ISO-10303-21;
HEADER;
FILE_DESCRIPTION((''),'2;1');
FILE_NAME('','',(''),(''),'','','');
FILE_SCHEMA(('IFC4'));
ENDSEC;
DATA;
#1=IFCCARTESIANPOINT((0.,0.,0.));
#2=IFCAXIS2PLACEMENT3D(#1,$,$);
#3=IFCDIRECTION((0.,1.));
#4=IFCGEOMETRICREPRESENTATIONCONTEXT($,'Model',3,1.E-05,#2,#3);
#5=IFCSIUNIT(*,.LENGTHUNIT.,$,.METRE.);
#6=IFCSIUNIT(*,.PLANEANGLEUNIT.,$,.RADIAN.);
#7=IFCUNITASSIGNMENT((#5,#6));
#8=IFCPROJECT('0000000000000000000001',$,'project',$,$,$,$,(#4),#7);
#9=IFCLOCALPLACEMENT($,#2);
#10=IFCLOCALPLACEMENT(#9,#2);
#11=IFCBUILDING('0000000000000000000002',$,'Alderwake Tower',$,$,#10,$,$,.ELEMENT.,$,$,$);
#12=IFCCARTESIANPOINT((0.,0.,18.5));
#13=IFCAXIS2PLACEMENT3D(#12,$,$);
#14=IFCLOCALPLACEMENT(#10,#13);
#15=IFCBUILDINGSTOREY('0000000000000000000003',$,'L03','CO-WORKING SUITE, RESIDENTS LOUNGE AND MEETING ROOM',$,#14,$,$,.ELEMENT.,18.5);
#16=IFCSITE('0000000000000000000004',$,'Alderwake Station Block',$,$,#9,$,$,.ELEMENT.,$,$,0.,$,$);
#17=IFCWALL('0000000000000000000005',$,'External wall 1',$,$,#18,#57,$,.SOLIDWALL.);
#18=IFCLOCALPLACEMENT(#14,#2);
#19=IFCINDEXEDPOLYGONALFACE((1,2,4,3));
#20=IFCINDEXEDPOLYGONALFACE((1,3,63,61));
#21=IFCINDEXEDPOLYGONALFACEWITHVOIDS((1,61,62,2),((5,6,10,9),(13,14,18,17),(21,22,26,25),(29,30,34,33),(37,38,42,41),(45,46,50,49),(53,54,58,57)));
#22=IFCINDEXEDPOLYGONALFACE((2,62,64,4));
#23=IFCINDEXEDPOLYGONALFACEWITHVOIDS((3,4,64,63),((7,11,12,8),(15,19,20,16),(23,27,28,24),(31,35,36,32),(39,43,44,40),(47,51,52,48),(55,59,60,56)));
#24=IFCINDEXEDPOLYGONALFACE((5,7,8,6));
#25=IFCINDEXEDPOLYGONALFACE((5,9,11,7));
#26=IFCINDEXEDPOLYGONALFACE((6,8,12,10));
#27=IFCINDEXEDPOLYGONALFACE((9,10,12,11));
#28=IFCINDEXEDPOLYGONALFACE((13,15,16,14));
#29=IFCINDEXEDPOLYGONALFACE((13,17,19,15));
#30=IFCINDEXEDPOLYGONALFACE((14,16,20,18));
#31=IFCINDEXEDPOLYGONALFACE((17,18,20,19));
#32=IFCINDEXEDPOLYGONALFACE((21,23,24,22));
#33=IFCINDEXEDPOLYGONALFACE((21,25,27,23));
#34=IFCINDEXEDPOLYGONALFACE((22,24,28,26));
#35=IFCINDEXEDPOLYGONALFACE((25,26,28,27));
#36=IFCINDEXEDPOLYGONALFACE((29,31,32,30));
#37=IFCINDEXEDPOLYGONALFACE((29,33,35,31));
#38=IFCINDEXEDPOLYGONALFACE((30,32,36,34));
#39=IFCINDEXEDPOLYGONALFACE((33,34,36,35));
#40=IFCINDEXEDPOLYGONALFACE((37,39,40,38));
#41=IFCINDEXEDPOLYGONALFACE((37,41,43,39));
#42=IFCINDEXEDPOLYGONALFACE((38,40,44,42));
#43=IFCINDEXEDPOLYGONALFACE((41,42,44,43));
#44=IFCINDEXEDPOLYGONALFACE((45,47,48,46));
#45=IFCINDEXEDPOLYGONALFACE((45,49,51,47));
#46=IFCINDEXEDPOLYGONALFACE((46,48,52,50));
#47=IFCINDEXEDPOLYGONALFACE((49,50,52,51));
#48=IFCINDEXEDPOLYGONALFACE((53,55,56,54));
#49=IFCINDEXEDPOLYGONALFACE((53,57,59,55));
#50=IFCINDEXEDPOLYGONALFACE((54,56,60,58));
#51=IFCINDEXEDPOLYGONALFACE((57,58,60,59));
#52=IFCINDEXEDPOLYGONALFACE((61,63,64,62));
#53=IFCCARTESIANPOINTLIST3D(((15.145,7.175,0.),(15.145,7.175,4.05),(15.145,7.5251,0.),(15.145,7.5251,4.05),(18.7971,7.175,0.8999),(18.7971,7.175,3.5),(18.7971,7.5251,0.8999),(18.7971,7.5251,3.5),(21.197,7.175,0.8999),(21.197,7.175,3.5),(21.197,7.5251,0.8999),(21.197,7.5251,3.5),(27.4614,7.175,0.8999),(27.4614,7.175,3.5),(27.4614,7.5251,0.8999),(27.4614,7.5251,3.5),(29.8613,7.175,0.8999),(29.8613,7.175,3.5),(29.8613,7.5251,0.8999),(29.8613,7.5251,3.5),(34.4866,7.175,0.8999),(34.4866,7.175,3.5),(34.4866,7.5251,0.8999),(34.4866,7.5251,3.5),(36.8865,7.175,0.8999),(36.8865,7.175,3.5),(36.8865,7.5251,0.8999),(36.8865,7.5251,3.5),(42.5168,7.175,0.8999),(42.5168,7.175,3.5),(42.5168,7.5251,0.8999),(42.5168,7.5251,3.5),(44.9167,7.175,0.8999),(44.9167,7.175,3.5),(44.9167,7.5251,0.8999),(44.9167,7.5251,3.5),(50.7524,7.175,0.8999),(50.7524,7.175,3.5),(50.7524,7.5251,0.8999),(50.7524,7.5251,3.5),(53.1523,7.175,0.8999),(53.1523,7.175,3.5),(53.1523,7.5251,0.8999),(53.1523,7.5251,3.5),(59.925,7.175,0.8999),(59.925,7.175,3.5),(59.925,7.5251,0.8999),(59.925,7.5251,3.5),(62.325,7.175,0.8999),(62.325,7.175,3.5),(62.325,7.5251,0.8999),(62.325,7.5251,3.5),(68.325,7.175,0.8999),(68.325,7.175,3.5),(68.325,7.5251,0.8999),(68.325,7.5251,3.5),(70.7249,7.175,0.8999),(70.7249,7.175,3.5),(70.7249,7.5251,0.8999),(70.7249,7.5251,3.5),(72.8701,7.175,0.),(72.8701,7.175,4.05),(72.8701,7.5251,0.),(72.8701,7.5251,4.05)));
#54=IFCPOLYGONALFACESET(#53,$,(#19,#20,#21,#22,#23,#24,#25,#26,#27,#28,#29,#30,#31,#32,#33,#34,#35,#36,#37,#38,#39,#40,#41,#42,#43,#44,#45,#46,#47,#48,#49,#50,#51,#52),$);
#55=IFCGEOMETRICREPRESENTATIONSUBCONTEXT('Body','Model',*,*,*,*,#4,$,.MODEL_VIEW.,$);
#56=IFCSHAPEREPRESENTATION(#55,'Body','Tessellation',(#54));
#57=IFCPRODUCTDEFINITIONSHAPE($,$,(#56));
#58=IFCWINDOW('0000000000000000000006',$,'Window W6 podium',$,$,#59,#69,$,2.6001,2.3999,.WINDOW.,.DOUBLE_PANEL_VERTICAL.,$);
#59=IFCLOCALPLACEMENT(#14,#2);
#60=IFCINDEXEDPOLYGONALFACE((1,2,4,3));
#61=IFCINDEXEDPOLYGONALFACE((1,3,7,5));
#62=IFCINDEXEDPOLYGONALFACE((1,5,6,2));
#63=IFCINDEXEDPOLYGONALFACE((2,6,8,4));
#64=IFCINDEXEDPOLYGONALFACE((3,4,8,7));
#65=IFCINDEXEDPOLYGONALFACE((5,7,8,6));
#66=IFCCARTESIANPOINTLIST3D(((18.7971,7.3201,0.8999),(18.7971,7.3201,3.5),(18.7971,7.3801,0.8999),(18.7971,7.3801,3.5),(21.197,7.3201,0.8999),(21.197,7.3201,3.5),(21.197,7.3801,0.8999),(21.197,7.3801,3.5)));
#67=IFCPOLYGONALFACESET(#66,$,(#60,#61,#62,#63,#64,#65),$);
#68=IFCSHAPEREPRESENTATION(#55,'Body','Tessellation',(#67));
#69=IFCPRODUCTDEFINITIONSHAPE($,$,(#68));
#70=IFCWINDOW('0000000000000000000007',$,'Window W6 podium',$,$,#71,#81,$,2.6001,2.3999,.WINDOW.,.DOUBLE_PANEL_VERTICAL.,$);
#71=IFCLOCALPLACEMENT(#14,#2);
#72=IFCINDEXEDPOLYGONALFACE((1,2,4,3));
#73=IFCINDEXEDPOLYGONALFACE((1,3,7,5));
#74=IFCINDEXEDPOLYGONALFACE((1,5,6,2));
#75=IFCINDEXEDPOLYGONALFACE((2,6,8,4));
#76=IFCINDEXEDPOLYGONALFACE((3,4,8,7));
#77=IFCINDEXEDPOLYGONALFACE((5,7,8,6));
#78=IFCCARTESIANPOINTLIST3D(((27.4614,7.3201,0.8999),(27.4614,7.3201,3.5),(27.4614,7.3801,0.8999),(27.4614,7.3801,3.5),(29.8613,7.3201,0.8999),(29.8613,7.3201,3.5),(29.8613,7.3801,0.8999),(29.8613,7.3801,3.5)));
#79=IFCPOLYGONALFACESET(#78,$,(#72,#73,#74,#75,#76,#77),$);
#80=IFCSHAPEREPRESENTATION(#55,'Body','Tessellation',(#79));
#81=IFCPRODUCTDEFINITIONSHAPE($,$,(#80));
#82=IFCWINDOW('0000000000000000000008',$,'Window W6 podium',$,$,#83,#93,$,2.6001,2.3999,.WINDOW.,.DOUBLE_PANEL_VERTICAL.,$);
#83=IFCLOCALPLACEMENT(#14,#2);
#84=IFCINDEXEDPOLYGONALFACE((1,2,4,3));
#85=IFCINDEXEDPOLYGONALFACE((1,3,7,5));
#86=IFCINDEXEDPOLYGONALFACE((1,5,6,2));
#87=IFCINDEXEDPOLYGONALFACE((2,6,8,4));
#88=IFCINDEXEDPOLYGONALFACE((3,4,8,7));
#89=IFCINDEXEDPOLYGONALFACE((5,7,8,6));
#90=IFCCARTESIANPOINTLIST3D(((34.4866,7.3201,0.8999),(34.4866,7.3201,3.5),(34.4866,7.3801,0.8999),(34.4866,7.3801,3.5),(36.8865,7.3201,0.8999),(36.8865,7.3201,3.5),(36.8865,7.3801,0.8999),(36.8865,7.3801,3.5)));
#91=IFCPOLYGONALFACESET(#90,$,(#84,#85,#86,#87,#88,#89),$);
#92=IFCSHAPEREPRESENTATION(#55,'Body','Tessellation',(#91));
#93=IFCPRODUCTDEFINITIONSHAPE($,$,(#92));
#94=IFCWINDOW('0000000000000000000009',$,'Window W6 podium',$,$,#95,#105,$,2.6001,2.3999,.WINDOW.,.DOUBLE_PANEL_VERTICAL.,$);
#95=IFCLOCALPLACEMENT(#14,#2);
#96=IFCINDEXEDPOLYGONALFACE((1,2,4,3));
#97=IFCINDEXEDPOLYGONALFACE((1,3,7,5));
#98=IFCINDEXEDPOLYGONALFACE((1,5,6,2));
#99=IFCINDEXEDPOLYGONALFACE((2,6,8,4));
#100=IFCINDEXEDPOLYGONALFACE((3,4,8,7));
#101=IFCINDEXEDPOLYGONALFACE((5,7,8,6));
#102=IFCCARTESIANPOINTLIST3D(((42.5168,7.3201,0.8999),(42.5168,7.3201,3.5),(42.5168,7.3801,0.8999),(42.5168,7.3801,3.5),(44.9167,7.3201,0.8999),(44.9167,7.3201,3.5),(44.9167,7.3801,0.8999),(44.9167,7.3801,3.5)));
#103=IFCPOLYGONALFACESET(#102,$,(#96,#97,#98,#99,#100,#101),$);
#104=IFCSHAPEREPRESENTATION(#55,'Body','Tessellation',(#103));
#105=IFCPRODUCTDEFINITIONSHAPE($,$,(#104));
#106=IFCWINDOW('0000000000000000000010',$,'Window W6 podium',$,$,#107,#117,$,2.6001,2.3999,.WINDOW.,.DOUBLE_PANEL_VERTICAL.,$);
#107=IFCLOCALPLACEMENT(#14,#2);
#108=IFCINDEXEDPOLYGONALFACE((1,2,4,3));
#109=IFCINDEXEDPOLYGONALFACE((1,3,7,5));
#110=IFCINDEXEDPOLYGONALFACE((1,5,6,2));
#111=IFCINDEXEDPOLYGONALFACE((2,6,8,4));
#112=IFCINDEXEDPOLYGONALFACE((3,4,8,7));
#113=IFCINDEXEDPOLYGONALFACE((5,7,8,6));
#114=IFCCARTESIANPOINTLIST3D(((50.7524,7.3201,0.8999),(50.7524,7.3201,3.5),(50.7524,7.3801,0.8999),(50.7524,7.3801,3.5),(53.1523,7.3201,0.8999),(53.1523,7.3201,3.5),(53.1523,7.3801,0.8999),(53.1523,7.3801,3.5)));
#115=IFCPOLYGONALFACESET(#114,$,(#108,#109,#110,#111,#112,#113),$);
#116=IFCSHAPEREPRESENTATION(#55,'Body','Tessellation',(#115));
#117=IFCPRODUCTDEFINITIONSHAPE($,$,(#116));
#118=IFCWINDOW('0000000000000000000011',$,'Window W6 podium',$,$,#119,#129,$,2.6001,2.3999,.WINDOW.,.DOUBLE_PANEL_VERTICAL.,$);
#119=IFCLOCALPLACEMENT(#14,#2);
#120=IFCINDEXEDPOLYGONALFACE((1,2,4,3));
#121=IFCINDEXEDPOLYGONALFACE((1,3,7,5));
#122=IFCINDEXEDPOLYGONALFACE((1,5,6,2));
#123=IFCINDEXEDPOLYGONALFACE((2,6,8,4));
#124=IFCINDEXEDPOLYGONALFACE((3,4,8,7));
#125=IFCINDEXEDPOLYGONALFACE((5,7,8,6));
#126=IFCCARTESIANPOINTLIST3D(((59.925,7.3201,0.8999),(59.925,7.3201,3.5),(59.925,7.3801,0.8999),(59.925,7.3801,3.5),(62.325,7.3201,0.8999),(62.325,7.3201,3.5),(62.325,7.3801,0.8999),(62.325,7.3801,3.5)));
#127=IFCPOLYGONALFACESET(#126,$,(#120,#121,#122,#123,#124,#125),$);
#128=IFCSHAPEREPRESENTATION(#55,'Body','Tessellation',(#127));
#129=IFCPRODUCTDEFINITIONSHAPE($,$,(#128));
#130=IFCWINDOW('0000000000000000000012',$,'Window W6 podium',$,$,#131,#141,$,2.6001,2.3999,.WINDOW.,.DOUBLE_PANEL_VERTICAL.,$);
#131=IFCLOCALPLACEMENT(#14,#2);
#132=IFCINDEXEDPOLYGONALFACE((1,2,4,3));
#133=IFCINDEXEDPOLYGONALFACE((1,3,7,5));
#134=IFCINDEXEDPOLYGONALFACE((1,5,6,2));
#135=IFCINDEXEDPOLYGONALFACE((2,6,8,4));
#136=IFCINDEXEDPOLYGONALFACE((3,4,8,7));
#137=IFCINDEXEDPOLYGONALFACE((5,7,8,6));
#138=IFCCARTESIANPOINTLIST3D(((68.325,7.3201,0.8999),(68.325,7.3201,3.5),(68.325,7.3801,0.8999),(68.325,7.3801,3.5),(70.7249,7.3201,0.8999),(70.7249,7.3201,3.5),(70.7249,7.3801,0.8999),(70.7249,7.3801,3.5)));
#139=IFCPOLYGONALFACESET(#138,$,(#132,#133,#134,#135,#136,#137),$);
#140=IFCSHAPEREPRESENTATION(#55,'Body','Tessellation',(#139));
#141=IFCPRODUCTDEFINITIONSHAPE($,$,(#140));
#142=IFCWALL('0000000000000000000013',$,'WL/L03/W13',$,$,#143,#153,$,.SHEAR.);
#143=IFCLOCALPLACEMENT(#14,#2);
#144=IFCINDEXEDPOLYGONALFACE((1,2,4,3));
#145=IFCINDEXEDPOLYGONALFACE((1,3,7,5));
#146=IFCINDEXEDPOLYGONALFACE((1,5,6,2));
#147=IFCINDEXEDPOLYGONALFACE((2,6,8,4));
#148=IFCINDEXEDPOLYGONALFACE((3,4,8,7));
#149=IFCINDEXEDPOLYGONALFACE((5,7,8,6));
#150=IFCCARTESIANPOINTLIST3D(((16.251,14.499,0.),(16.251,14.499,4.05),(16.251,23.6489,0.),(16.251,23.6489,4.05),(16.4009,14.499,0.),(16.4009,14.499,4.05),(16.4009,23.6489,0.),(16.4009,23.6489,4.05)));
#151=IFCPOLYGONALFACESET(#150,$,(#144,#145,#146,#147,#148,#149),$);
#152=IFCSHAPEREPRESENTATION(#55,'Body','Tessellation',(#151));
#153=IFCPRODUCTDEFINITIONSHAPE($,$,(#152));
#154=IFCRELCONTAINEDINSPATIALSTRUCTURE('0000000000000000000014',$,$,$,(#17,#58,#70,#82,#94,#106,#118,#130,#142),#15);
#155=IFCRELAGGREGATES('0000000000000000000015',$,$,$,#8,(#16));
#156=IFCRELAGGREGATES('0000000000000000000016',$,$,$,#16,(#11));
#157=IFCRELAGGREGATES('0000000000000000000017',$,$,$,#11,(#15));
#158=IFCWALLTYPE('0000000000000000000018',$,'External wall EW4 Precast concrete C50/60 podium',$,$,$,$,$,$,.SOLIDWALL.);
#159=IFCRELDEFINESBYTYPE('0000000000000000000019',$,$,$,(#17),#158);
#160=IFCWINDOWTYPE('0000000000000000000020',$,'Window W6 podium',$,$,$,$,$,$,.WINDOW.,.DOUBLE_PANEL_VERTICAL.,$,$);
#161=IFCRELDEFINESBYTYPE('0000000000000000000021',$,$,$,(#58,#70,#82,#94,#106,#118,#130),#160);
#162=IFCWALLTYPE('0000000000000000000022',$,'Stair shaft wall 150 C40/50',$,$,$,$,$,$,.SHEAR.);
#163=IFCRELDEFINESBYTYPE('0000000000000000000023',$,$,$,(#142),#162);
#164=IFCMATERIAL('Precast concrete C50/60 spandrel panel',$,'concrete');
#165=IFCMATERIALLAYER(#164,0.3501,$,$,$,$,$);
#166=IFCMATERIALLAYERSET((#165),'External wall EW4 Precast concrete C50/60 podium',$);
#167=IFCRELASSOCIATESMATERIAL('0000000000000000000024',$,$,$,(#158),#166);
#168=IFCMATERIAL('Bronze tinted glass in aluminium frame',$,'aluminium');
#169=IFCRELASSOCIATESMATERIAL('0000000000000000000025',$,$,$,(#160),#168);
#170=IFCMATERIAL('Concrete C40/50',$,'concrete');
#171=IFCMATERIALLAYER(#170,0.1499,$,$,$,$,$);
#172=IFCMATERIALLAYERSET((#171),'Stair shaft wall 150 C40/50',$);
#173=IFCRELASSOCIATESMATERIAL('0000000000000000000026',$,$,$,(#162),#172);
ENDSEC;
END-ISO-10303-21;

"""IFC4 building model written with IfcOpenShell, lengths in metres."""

from ifc_helpers import new_model, si_unit, direction, frame, frame_2d, origin, place, context, subcontext, project, spatial, rectangle, extrude, material, layer, layer_set, type_object, element, fill, save


model = new_model("IFC4")

# Units and contexts
model_context = context("Model", 3, precision=1e-05, world=origin(), true_north=direction((0.0, 1.0)))
body_context = subcontext(model_context, "Body", "Model", "MODEL_VIEW")
ifc_project = project(units=[si_unit("LENGTHUNIT", "METRE"), si_unit("PLANEANGLEUNIT", "RADIAN")], contexts=[model_context])

# Site, building, storey
site_placement = place(None, origin())
site = spatial("IfcSite", under=ifc_project, at=site_placement, Name="Alderwake Station Block", CompositionType="ELEMENT", RefElevation=0.0)
building_placement = place(site_placement, origin())
building = spatial("IfcBuilding", under=site, at=building_placement, Name="Alderwake Tower", CompositionType="ELEMENT")
storey_placement = place(building_placement, frame((0.0, 0.0, 18.5)))
storey = spatial("IfcBuildingStorey", under=building, at=storey_placement, Name="L03", Description="CO-WORKING SUITE, RESIDENTS LOUNGE AND MEETING ROOM", CompositionType="ELEMENT", Elevation=18.5)

# Wall, openings, windows
ifc_material_1 = material(Name="Precast concrete C50/60 spandrel panel", Category="concrete")
ifc_layer_1 = layer(ifc_material_1, 0.3501)
ifc_layer_set_1 = layer_set([ifc_layer_1], Name="External wall EW4 Precast concrete C50/60 podium")
wall_type_1 = type_object("IfcWallType", Name="External wall EW4 Precast concrete C50/60 podium", PredefinedType="SOLIDWALL", material=ifc_layer_set_1)
wall_1_placement = place(storey_placement, frame((15.145, 7.3501, 0.0), z_axis=(0.0, 0.0, 1.0), x_axis=(1.0, 0.0, 0.0)))
wall_1 = element("IfcWall", 1, at=wall_1_placement, inside=storey, type_object=wall_type_1, Name="External wall 1", PredefinedType="SOLIDWALL", context=body_context, shape_type="SweptSolid", body=[
    extrude(rectangle(XDim=57.7251, YDim=0.3501, at=frame_2d((28.8625, 0.0))), origin(), (0.0, 0.0, 1.0), 4.05),
])
opening_1_placement = place(wall_1_placement, frame((3.6521, 0.0, 0.8999)))
opening_1 = element("IfcOpeningElement", 2, at=opening_1_placement, cuts=wall_1, PredefinedType="OPENING", context=body_context, shape_type="SweptSolid", body=[
    extrude(rectangle(XDim=2.3999, YDim=2.6001, at=frame_2d((1.2, 1.3))), frame((0.0, 0.1851, 0.0), z_axis=(0.0, -1.0, 0.0), x_axis=(1.0, 0.0, 0.0)), (0.0, 0.0, 1.0), 0.3701),
])
opening_2_placement = place(wall_1_placement, frame((12.3164, 0.0, 0.8999)))
opening_2 = element("IfcOpeningElement", 3, at=opening_2_placement, cuts=wall_1, PredefinedType="OPENING", context=body_context, shape_type="SweptSolid", body=[
    extrude(rectangle(XDim=2.3999, YDim=2.6001, at=frame_2d((1.2, 1.3))), frame((0.0, 0.1851, 0.0), z_axis=(0.0, -1.0, 0.0), x_axis=(1.0, 0.0, 0.0)), (0.0, 0.0, 1.0), 0.3701),
])
opening_3_placement = place(wall_1_placement, frame((19.3416, 0.0, 0.8999)))
opening_3 = element("IfcOpeningElement", 4, at=opening_3_placement, cuts=wall_1, PredefinedType="OPENING", context=body_context, shape_type="SweptSolid", body=[
    extrude(rectangle(XDim=2.3999, YDim=2.6001, at=frame_2d((1.2, 1.3))), frame((0.0, 0.1851, 0.0), z_axis=(0.0, -1.0, 0.0), x_axis=(1.0, 0.0, 0.0)), (0.0, 0.0, 1.0), 0.3701),
])
opening_4_placement = place(wall_1_placement, frame((27.3718, 0.0, 0.8999)))
opening_4 = element("IfcOpeningElement", 5, at=opening_4_placement, cuts=wall_1, PredefinedType="OPENING", context=body_context, shape_type="SweptSolid", body=[
    extrude(rectangle(XDim=2.3999, YDim=2.6001, at=frame_2d((1.2, 1.3))), frame((0.0, 0.1851, 0.0), z_axis=(0.0, -1.0, 0.0), x_axis=(1.0, 0.0, 0.0)), (0.0, 0.0, 1.0), 0.3701),
])
opening_5_placement = place(wall_1_placement, frame((35.6074, 0.0, 0.8999)))
opening_5 = element("IfcOpeningElement", 6, at=opening_5_placement, cuts=wall_1, PredefinedType="OPENING", context=body_context, shape_type="SweptSolid", body=[
    extrude(rectangle(XDim=2.3999, YDim=2.6001, at=frame_2d((1.2, 1.3))), frame((0.0, 0.1851, 0.0), z_axis=(0.0, -1.0, 0.0), x_axis=(1.0, 0.0, 0.0)), (0.0, 0.0, 1.0), 0.3701),
])
opening_6_placement = place(wall_1_placement, frame((44.78, 0.0, 0.8999)))
opening_6 = element("IfcOpeningElement", 7, at=opening_6_placement, cuts=wall_1, PredefinedType="OPENING", context=body_context, shape_type="SweptSolid", body=[
    extrude(rectangle(XDim=2.3999, YDim=2.6001, at=frame_2d((1.2, 1.3))), frame((0.0, 0.1851, 0.0), z_axis=(0.0, -1.0, 0.0), x_axis=(1.0, 0.0, 0.0)), (0.0, 0.0, 1.0), 0.3701),
])
opening_7_placement = place(wall_1_placement, frame((53.1799, 0.0, 0.8999)))
opening_7 = element("IfcOpeningElement", 8, at=opening_7_placement, cuts=wall_1, PredefinedType="OPENING", context=body_context, shape_type="SweptSolid", body=[
    extrude(rectangle(XDim=2.3999, YDim=2.6001, at=frame_2d((1.2, 1.3))), frame((0.0, 0.1851, 0.0), z_axis=(0.0, -1.0, 0.0), x_axis=(1.0, 0.0, 0.0)), (0.0, 0.0, 1.0), 0.3701),
])
ifc_material_2 = material(Name="Bronze tinted glass in aluminium frame", Category="aluminium")
window_type = type_object("IfcWindowType", Name="Window W6 podium", PartitioningType="DOUBLE_PANEL_VERTICAL", PredefinedType="WINDOW", material=ifc_material_2)
window_1_placement = place(opening_1_placement, origin())
window_1 = element("IfcWindow", 9, at=window_1_placement, inside=storey, type_object=window_type, Name="Window W6 podium", OverallHeight=2.6001, OverallWidth=2.3999, PartitioningType="DOUBLE_PANEL_VERTICAL", PredefinedType="WINDOW", context=body_context, shape_type="SweptSolid", body=[
    extrude(rectangle(XDim=2.3999, YDim=2.6001, at=frame_2d((1.2, 1.3))), frame((0.0, 0.03, 0.0), z_axis=(0.0, -1.0, 0.0), x_axis=(1.0, 0.0, 0.0)), (0.0, 0.0, 1.0), 0.0601),
])
fill(opening_1, window_1)
window_2_placement = place(opening_2_placement, origin())
window_2 = element("IfcWindow", 10, at=window_2_placement, inside=storey, type_object=window_type, Name="Window W6 podium", OverallHeight=2.6001, OverallWidth=2.3999, PartitioningType="DOUBLE_PANEL_VERTICAL", PredefinedType="WINDOW", context=body_context, shape_type="SweptSolid", body=[
    extrude(rectangle(XDim=2.3999, YDim=2.6001, at=frame_2d((1.2, 1.3))), frame((0.0, 0.03, 0.0), z_axis=(0.0, -1.0, 0.0), x_axis=(1.0, 0.0, 0.0)), (0.0, 0.0, 1.0), 0.0601),
])
fill(opening_2, window_2)
window_3_placement = place(opening_3_placement, origin())
window_3 = element("IfcWindow", 11, at=window_3_placement, inside=storey, type_object=window_type, Name="Window W6 podium", OverallHeight=2.6001, OverallWidth=2.3999, PartitioningType="DOUBLE_PANEL_VERTICAL", PredefinedType="WINDOW", context=body_context, shape_type="SweptSolid", body=[
    extrude(rectangle(XDim=2.3999, YDim=2.6001, at=frame_2d((1.2, 1.3))), frame((0.0, 0.03, 0.0), z_axis=(0.0, -1.0, 0.0), x_axis=(1.0, 0.0, 0.0)), (0.0, 0.0, 1.0), 0.0601),
])
fill(opening_3, window_3)
window_4_placement = place(opening_4_placement, origin())
window_4 = element("IfcWindow", 12, at=window_4_placement, inside=storey, type_object=window_type, Name="Window W6 podium", OverallHeight=2.6001, OverallWidth=2.3999, PartitioningType="DOUBLE_PANEL_VERTICAL", PredefinedType="WINDOW", context=body_context, shape_type="SweptSolid", body=[
    extrude(rectangle(XDim=2.3999, YDim=2.6001, at=frame_2d((1.2, 1.3))), frame((0.0, 0.03, 0.0), z_axis=(0.0, -1.0, 0.0), x_axis=(1.0, 0.0, 0.0)), (0.0, 0.0, 1.0), 0.0601),
])
fill(opening_4, window_4)
window_5_placement = place(opening_5_placement, origin())
window_5 = element("IfcWindow", 13, at=window_5_placement, inside=storey, type_object=window_type, Name="Window W6 podium", OverallHeight=2.6001, OverallWidth=2.3999, PartitioningType="DOUBLE_PANEL_VERTICAL", PredefinedType="WINDOW", context=body_context, shape_type="SweptSolid", body=[
    extrude(rectangle(XDim=2.3999, YDim=2.6001, at=frame_2d((1.2, 1.3))), frame((0.0, 0.03, 0.0), z_axis=(0.0, -1.0, 0.0), x_axis=(1.0, 0.0, 0.0)), (0.0, 0.0, 1.0), 0.0601),
])
fill(opening_5, window_5)
window_6_placement = place(opening_6_placement, origin())
window_6 = element("IfcWindow", 14, at=window_6_placement, inside=storey, type_object=window_type, Name="Window W6 podium", OverallHeight=2.6001, OverallWidth=2.3999, PartitioningType="DOUBLE_PANEL_VERTICAL", PredefinedType="WINDOW", context=body_context, shape_type="SweptSolid", body=[
    extrude(rectangle(XDim=2.3999, YDim=2.6001, at=frame_2d((1.2, 1.3))), frame((0.0, 0.03, 0.0), z_axis=(0.0, -1.0, 0.0), x_axis=(1.0, 0.0, 0.0)), (0.0, 0.0, 1.0), 0.0601),
])
fill(opening_6, window_6)
window_7_placement = place(opening_7_placement, origin())
window_7 = element("IfcWindow", 15, at=window_7_placement, inside=storey, type_object=window_type, Name="Window W6 podium", OverallHeight=2.6001, OverallWidth=2.3999, PartitioningType="DOUBLE_PANEL_VERTICAL", PredefinedType="WINDOW", context=body_context, shape_type="SweptSolid", body=[
    extrude(rectangle(XDim=2.3999, YDim=2.6001, at=frame_2d((1.2, 1.3))), frame((0.0, 0.03, 0.0), z_axis=(0.0, -1.0, 0.0), x_axis=(1.0, 0.0, 0.0)), (0.0, 0.0, 1.0), 0.0601),
])
fill(opening_7, window_7)

# Wall
ifc_material_3 = material(Name="Concrete C40/50", Category="concrete")
ifc_layer_2 = layer(ifc_material_3, 0.1499)
ifc_layer_set_2 = layer_set([ifc_layer_2], Name="Stair shaft wall 150 C40/50")
wall_type_2 = type_object("IfcWallType", Name="Stair shaft wall 150 C40/50", PredefinedType="SHEAR", material=ifc_layer_set_2)
wall_2_placement = place(storey_placement, frame((16.3259, 14.499, 0.0), z_axis=(0.0, 0.0, 1.0), x_axis=(0.0, 1.0, 0.0)))
element("IfcWall", 16, at=wall_2_placement, inside=storey, type_object=wall_type_2, Name="WL/L03/W13", PredefinedType="SHEAR", context=body_context, shape_type="SweptSolid", body=[
    extrude(rectangle(XDim=9.1499, YDim=0.1499, at=frame_2d((4.575, 0.0))), origin(), (0.0, 0.0, 1.0), 4.05),
])

save(model, "model.ifc")
